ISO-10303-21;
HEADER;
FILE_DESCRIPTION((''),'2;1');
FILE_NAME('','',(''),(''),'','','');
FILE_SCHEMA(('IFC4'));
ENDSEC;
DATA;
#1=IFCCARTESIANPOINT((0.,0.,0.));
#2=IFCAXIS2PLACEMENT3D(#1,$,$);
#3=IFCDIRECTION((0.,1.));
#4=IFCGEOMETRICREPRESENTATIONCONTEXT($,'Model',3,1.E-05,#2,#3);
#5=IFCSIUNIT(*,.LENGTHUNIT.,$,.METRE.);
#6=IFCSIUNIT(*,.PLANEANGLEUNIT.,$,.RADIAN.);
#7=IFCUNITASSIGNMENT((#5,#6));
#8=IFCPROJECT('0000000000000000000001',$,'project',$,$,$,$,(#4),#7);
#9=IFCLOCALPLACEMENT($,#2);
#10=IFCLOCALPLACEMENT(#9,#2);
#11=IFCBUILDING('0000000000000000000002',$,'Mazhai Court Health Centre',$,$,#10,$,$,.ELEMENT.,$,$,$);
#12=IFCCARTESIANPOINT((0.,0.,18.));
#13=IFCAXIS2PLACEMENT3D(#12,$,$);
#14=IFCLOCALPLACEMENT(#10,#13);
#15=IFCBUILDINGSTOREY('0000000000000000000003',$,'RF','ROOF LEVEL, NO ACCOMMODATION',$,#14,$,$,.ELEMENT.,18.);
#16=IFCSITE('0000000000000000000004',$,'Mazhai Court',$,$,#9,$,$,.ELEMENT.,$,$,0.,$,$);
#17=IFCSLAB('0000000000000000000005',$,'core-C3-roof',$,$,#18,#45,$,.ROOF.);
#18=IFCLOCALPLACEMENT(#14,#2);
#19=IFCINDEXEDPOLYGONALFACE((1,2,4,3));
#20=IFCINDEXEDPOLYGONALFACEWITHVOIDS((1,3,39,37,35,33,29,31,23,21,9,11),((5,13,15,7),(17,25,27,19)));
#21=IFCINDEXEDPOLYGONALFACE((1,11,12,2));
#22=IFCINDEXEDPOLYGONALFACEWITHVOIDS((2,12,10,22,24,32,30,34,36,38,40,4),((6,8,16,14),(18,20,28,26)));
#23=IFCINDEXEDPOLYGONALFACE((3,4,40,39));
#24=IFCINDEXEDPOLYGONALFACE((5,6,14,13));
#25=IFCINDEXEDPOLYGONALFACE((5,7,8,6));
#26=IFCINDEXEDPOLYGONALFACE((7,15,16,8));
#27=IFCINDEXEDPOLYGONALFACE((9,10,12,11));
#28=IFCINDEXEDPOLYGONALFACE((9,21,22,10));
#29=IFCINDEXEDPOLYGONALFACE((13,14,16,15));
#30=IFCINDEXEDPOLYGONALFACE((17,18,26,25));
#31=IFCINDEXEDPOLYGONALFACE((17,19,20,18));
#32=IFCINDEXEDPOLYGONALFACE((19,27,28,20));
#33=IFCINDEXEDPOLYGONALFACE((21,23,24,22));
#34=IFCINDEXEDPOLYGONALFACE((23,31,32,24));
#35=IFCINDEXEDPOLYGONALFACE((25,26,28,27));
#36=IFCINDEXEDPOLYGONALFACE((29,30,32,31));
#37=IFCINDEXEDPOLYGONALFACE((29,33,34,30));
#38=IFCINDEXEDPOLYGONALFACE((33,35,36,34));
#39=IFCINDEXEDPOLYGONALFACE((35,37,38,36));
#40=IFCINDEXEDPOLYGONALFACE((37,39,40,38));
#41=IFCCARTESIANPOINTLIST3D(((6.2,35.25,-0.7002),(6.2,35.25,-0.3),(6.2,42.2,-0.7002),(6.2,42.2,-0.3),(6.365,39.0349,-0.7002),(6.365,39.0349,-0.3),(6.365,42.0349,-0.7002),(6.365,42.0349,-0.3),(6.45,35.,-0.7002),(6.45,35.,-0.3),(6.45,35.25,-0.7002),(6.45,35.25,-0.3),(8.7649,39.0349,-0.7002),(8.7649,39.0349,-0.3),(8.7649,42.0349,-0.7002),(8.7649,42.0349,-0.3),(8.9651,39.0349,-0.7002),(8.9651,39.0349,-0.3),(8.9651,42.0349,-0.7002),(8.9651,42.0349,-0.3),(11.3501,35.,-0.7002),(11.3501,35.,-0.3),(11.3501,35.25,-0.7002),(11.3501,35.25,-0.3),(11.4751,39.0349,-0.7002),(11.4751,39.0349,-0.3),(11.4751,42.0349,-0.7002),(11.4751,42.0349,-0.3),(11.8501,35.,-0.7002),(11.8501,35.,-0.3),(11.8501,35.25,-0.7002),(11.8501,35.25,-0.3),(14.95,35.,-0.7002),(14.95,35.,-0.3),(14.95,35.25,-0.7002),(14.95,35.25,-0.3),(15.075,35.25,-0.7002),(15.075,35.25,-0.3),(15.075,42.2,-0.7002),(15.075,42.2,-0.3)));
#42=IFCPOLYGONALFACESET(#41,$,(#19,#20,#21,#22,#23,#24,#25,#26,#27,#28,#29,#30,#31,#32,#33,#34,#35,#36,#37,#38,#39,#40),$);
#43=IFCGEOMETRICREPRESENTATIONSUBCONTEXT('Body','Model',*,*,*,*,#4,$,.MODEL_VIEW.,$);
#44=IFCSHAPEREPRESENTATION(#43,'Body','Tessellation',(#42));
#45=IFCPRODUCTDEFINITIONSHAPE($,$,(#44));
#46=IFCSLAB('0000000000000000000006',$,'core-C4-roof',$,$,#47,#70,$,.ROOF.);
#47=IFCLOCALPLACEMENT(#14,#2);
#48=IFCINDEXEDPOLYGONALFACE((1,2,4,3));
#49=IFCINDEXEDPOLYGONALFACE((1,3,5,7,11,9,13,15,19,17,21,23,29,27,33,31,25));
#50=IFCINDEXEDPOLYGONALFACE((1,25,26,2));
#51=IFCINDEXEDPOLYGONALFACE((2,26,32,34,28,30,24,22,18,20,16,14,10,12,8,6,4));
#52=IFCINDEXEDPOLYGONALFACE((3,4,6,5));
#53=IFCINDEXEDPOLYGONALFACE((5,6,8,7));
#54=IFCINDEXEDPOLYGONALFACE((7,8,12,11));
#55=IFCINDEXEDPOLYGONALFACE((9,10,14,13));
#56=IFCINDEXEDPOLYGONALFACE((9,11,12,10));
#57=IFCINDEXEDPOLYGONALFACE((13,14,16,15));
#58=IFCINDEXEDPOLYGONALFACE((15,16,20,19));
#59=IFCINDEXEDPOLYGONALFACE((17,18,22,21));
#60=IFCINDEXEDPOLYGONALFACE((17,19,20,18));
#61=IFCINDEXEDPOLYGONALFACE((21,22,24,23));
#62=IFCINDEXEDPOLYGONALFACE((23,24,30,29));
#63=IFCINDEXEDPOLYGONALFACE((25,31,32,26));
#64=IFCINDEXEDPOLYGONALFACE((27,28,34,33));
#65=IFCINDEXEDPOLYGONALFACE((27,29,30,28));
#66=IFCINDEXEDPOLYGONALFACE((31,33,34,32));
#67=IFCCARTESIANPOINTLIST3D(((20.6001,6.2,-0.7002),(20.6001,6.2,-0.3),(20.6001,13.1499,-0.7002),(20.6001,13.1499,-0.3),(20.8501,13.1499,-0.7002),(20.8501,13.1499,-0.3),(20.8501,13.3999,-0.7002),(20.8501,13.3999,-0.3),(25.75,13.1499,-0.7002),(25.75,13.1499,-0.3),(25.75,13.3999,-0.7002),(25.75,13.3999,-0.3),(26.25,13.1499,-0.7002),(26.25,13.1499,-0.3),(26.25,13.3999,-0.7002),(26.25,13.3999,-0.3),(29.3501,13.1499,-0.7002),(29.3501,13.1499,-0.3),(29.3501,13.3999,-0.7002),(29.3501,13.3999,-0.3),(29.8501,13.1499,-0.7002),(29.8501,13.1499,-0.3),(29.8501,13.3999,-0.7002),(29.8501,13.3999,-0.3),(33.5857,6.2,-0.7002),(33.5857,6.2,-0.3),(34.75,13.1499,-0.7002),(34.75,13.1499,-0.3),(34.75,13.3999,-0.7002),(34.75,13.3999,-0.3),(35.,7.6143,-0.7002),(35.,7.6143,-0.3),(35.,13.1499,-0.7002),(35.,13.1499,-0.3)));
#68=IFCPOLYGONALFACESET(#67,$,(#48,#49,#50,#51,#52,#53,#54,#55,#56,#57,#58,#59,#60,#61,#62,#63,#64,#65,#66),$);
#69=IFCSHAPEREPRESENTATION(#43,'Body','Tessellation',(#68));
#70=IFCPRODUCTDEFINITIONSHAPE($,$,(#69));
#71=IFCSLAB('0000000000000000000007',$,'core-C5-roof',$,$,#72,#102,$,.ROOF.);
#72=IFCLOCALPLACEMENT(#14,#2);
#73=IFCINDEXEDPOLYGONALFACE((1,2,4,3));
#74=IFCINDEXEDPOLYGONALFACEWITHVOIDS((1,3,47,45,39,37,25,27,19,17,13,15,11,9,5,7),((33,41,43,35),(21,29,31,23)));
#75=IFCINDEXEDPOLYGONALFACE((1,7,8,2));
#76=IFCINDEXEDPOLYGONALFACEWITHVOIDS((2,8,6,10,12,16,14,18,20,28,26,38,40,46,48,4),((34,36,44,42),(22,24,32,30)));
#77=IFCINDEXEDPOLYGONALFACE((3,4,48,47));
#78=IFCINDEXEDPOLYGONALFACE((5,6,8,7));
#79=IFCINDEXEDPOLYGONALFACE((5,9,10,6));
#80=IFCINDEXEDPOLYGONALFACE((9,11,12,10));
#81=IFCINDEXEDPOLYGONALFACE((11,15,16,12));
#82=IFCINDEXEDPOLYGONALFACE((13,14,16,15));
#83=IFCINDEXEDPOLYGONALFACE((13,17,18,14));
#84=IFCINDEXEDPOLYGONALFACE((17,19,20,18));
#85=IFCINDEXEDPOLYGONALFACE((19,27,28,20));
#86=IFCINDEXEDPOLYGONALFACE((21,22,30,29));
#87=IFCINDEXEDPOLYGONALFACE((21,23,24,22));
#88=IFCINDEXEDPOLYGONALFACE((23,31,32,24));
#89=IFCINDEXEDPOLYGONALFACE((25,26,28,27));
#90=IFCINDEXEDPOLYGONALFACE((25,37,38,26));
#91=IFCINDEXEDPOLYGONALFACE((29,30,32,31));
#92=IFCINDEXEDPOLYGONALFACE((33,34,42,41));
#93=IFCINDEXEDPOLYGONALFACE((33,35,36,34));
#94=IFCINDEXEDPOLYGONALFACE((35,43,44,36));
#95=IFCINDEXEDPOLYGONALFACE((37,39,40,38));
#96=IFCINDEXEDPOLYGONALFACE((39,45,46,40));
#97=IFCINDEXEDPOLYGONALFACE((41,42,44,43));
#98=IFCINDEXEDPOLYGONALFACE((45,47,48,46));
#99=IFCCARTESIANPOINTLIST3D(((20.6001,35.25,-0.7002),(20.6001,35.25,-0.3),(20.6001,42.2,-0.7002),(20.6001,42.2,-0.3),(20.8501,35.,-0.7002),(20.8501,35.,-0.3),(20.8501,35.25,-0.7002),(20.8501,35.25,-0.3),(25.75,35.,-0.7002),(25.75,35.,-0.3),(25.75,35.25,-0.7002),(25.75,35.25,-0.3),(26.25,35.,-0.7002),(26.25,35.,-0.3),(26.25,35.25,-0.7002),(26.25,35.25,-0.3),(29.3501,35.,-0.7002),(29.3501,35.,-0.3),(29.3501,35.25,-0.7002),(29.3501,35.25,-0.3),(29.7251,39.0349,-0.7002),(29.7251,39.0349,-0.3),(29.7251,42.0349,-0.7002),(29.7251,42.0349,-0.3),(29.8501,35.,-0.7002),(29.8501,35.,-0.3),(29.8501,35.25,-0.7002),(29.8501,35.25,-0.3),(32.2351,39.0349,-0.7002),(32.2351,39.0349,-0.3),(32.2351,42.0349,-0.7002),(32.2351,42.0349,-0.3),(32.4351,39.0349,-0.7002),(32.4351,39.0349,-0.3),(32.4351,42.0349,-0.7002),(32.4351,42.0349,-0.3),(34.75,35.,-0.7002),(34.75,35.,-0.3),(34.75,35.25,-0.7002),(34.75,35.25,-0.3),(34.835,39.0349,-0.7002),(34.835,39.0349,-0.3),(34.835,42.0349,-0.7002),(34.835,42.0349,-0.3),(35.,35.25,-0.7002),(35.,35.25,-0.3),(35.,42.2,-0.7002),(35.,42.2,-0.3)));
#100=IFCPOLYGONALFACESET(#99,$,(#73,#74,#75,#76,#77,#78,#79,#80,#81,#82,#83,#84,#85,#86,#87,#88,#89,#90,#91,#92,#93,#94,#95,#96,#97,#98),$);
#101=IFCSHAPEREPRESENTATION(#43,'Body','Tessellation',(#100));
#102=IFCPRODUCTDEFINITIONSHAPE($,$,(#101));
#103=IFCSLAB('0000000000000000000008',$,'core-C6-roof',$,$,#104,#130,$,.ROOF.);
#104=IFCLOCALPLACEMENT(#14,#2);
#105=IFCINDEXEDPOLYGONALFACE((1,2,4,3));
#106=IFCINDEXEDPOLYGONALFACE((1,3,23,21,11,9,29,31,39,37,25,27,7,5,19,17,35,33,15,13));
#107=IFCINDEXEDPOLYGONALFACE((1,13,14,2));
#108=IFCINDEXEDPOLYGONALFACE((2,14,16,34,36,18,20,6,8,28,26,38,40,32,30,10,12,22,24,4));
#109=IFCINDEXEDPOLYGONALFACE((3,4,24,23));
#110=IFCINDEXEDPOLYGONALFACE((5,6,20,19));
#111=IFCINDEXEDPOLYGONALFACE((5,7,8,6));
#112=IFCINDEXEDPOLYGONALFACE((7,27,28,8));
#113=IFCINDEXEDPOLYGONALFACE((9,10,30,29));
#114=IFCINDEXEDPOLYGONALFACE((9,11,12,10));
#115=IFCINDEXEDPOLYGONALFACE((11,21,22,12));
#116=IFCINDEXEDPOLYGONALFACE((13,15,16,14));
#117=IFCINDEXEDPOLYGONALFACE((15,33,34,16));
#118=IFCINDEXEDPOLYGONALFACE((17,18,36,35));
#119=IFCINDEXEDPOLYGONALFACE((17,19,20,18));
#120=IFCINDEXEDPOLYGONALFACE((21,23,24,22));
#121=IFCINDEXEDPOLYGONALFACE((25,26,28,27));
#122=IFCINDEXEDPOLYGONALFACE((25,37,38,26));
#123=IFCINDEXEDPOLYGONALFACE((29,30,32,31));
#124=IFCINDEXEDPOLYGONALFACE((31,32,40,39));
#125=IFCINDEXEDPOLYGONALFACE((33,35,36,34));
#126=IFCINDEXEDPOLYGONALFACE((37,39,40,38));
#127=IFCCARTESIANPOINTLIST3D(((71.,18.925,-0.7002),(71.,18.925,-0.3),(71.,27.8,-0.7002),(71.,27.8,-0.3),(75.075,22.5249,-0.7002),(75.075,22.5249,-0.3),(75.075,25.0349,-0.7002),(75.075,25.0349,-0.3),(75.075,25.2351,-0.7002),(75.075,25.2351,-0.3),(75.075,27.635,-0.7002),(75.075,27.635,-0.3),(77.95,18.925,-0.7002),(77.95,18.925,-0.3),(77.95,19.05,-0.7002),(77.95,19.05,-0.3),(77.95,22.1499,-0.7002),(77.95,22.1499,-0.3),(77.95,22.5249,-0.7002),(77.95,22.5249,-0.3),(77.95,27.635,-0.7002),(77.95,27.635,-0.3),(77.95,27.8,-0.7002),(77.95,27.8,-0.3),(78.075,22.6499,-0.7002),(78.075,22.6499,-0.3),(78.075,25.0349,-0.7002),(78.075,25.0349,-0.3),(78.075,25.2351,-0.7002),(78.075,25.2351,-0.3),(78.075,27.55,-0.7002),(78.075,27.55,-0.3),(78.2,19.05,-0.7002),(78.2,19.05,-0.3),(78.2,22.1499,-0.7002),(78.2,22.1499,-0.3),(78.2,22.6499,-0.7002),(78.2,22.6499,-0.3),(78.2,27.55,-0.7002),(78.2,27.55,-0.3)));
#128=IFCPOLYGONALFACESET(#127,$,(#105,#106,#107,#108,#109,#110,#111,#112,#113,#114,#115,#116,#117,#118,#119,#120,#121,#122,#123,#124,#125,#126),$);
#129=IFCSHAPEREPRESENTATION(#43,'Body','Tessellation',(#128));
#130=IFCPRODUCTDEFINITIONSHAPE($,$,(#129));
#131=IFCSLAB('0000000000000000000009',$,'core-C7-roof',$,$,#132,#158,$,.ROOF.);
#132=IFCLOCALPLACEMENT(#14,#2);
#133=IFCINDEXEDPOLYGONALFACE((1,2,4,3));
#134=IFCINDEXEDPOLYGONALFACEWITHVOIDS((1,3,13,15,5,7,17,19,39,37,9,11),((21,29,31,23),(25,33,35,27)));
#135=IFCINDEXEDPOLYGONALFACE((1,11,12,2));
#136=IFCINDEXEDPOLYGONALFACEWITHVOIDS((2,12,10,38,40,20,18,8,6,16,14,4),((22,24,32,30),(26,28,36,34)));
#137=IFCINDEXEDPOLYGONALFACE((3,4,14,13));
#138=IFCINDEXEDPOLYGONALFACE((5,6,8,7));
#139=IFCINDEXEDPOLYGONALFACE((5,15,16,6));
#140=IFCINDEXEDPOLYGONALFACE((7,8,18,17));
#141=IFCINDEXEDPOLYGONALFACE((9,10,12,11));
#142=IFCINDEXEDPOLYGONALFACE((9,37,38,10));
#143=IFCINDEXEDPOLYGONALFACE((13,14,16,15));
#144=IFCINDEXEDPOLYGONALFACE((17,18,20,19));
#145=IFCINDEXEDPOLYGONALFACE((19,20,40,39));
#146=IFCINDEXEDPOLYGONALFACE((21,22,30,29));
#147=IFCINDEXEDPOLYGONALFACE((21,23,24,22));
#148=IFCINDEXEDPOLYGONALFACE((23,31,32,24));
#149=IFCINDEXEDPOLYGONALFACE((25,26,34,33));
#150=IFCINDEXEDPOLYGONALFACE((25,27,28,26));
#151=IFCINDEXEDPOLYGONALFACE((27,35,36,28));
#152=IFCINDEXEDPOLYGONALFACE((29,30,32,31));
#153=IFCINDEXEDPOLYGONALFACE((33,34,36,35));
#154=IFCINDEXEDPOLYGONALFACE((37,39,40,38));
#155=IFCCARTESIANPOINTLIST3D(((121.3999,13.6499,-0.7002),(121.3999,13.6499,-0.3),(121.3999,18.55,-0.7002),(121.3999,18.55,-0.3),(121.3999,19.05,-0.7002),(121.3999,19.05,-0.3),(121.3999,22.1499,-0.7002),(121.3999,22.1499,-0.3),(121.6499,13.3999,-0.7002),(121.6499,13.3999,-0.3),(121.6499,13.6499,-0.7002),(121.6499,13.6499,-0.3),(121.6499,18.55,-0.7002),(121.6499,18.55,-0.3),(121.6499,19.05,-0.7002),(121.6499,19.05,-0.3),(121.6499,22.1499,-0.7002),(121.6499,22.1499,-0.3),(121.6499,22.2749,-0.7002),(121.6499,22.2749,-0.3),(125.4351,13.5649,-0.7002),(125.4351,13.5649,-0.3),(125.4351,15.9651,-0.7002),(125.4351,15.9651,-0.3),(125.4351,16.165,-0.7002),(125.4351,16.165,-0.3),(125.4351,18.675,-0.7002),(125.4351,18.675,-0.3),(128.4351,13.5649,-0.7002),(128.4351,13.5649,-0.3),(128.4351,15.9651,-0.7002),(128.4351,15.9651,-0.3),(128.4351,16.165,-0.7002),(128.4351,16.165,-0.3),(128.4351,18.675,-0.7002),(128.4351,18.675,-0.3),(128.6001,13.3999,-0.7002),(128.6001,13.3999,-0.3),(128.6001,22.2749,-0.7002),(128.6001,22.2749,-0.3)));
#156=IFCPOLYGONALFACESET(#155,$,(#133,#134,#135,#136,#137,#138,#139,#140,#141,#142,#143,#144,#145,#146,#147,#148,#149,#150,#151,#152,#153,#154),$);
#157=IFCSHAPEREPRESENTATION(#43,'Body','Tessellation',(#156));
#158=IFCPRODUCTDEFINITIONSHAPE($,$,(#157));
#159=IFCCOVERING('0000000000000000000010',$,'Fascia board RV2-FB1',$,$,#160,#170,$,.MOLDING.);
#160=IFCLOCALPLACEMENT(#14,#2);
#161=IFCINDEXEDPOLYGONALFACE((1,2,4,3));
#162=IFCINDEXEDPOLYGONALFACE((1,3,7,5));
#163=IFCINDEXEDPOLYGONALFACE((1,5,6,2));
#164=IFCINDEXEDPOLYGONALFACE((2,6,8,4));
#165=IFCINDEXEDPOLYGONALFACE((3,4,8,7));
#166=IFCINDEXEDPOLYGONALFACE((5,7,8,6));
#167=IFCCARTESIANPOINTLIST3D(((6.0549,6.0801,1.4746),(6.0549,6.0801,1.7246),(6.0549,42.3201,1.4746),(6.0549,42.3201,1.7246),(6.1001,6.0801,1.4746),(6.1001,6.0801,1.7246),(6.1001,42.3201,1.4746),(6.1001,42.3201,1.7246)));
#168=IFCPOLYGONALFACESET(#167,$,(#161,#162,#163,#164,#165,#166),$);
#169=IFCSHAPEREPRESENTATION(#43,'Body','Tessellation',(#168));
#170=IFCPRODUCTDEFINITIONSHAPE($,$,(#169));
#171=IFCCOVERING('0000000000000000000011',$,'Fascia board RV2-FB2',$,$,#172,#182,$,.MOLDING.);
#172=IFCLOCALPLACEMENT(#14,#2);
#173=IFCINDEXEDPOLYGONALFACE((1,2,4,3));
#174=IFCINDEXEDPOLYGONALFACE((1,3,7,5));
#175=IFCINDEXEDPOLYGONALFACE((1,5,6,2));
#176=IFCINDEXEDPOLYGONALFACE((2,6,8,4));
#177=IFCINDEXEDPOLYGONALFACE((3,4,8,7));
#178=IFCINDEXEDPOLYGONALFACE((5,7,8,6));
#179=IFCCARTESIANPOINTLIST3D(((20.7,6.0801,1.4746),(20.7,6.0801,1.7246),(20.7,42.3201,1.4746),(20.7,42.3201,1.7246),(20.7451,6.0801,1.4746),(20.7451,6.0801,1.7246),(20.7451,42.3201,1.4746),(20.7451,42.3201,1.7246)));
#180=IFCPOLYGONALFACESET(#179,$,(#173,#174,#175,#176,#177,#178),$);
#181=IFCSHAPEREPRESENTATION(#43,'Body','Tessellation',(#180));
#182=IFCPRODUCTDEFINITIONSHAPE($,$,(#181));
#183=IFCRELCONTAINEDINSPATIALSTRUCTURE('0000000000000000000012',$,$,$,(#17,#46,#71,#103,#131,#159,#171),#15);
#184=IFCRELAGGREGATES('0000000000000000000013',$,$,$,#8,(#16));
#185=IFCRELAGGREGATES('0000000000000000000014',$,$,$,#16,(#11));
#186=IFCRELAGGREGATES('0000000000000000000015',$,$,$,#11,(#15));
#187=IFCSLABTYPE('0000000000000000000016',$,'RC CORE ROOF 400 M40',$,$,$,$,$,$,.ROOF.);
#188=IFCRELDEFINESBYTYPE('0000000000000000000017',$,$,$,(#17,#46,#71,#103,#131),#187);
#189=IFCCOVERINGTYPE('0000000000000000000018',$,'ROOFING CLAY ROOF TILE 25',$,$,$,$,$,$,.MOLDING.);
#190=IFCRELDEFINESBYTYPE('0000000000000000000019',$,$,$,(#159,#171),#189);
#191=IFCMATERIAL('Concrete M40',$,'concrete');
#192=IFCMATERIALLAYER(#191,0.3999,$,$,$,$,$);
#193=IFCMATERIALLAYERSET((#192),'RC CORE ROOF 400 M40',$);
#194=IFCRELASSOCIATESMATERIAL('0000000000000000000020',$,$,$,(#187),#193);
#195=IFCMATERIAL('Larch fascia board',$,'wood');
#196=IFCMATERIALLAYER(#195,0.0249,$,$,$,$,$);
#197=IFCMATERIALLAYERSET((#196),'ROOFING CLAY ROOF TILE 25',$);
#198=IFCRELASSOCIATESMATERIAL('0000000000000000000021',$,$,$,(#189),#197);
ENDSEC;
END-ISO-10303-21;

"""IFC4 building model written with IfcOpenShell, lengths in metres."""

from ifc_helpers import new_model, si_unit, direction, frame, origin, place, context, subcontext, project, spatial, polyline, outline, extrude, material, layer, layer_set, type_object, element, save


model = new_model("IFC4")

# Units and contexts
model_context = context("Model", 3, precision=1e-05, world=origin(), true_north=direction((0.0, 1.0)))
body_context = subcontext(model_context, "Body", "Model", "MODEL_VIEW")
ifc_project = project(units=[si_unit("LENGTHUNIT", "METRE"), si_unit("PLANEANGLEUNIT", "RADIAN")], contexts=[model_context])

# Site, building, storey
site_placement = place(None, origin())
site = spatial("IfcSite", under=ifc_project, at=site_placement, Name="Mazhai Court", CompositionType="ELEMENT", RefElevation=0.0)
building_placement = place(site_placement, origin())
building = spatial("IfcBuilding", under=site, at=building_placement, Name="Mazhai Court Health Centre", CompositionType="ELEMENT")
storey_placement = place(building_placement, frame((0.0, 0.0, 18.0)))
storey = spatial("IfcBuildingStorey", under=building, at=storey_placement, Name="RF", Description="ROOF LEVEL, NO ACCOMMODATION", CompositionType="ELEMENT", Elevation=18.0)

# Slabs
ifc_material_1 = material(Name="Concrete M40", Category="concrete")
ifc_layer_1 = layer(ifc_material_1, 0.3999)
ifc_layer_set_1 = layer_set([ifc_layer_1], Name="RC CORE ROOF 400 M40")
slab_type_1 = type_object("IfcSlabType", Name="RC CORE ROOF 400 M40", PredefinedType="ROOF", material=ifc_layer_set_1)
slab_1_placement = place(storey_placement, frame((0.0, 0.0, -0.7002)))
element("IfcSlab", 1, at=slab_1_placement, inside=storey, type_object=slab_type_1, Name="core-C3-roof", PredefinedType="ROOF", context=body_context, shape_type="SweptSolid", body=[
    extrude(outline(polyline([(14.95, 35.25), (14.95, 35.0), (11.8501, 35.0), (11.8501, 35.25), (11.3501, 35.25), (11.3501, 35.0), (6.45, 35.0), (6.45, 35.25), (6.2, 35.25), (6.2, 42.2), (15.075, 42.2), (15.075, 35.25), (14.95, 35.25)]), holes=[polyline([(6.365, 42.0349), (6.365, 39.0349), (8.7649, 39.0349), (8.7649, 42.0349), (6.365, 42.0349)]), polyline([(8.9651, 42.0349), (8.9651, 39.0349), (11.4751, 39.0349), (11.4751, 42.0349), (8.9651, 42.0349)])]), origin(), (0.0, 0.0, 1.0), 0.4001),
])
slab_2_placement = place(storey_placement, frame((0.0, 0.0, -0.7002)))
element("IfcSlab", 2, at=slab_2_placement, inside=storey, type_object=slab_type_1, Name="core-C4-roof", PredefinedType="ROOF", context=body_context, shape_type="SweptSolid", body=[
    extrude(outline(polyline([(20.8501, 13.1499), (20.8501, 13.3999), (25.75, 13.3999), (25.75, 13.1499), (26.25, 13.1499), (26.25, 13.3999), (29.3501, 13.3999), (29.3501, 13.1499), (29.8501, 13.1499), (29.8501, 13.3999), (34.75, 13.3999), (34.75, 13.1499), (35.0, 13.1499), (35.0, 7.6143), (33.5857, 6.2), (20.6001, 6.2), (20.6001, 13.1499), (20.8501, 13.1499)])), origin(), (0.0, 0.0, 1.0), 0.4001),
])
slab_3_placement = place(storey_placement, frame((0.0, 0.0, -0.7002)))
element("IfcSlab", 3, at=slab_3_placement, inside=storey, type_object=slab_type_1, Name="core-C5-roof", PredefinedType="ROOF", context=body_context, shape_type="SweptSolid", body=[
    extrude(outline(polyline([(35.0, 42.2), (35.0, 35.25), (34.75, 35.25), (34.75, 35.0), (29.8501, 35.0), (29.8501, 35.25), (29.3501, 35.25), (29.3501, 35.0), (26.25, 35.0), (26.25, 35.25), (25.75, 35.25), (25.75, 35.0), (20.8501, 35.0), (20.8501, 35.25), (20.6001, 35.25), (20.6001, 42.2), (35.0, 42.2)]), holes=[polyline([(29.7251, 42.0349), (29.7251, 39.0349), (32.2351, 39.0349), (32.2351, 42.0349), (29.7251, 42.0349)]), polyline([(32.4351, 42.0349), (32.4351, 39.0349), (34.835, 39.0349), (34.835, 42.0349), (32.4351, 42.0349)])]), origin(), (0.0, 0.0, 1.0), 0.4001),
])
slab_4_placement = place(storey_placement, frame((0.0, 0.0, -0.7002)))
element("IfcSlab", 4, at=slab_4_placement, inside=storey, type_object=slab_type_1, Name="core-C6-roof", PredefinedType="ROOF", context=body_context, shape_type="SweptSolid", body=[
    extrude(outline(polyline([(78.2, 22.1499), (78.2, 19.05), (77.95, 19.05), (77.95, 18.925), (71.0, 18.925), (71.0, 27.8), (77.95, 27.8), (77.95, 27.635), (75.075, 27.635), (75.075, 25.2351), (78.075, 25.2351), (78.075, 27.55), (78.2, 27.55), (78.2, 22.6499), (78.075, 22.6499), (78.075, 25.0349), (75.075, 25.0349), (75.075, 22.5249), (77.95, 22.5249), (77.95, 22.1499), (78.2, 22.1499)])), origin(), (0.0, 0.0, 1.0), 0.4001),
])
slab_5_placement = place(storey_placement, frame((0.0, 0.0, -0.7002)))
element("IfcSlab", 5, at=slab_5_placement, inside=storey, type_object=slab_type_1, Name="core-C7-roof", PredefinedType="ROOF", context=body_context, shape_type="SweptSolid", body=[
    extrude(outline(polyline([(121.6499, 13.6499), (121.3999, 13.6499), (121.3999, 18.55), (121.6499, 18.55), (121.6499, 19.05), (121.3999, 19.05), (121.3999, 22.1499), (121.6499, 22.1499), (121.6499, 22.2749), (128.6001, 22.2749), (128.6001, 13.3999), (121.6499, 13.3999), (121.6499, 13.6499)]), holes=[polyline([(125.4351, 13.5649), (128.4351, 13.5649), (128.4351, 15.9651), (125.4351, 15.9651), (125.4351, 13.5649)]), polyline([(125.4351, 18.675), (125.4351, 16.165), (128.4351, 16.165), (128.4351, 18.675), (125.4351, 18.675)])]), origin(), (0.0, 0.0, 1.0), 0.4001),
])

# Coverings
ifc_material_2 = material(Name="Larch fascia board", Category="wood")
ifc_layer_2 = layer(ifc_material_2, 0.0249)
ifc_layer_set_2 = layer_set([ifc_layer_2], Name="ROOFING CLAY ROOF TILE 25")
covering_type_1 = type_object("IfcCoveringType", Name="ROOFING CLAY ROOF TILE 25", PredefinedType="MOLDING", material=ifc_layer_set_2)
covering_1_placement = place(storey_placement, frame((0.0, 0.0, 1.4746)))
element("IfcCovering", 6, at=covering_1_placement, inside=storey, type_object=covering_type_1, Name="Fascia board RV2-FB1", PredefinedType="MOLDING", context=body_context, shape_type="SweptSolid", body=[
    extrude(outline(polyline([(6.1001, 6.0801), (6.1001, 42.3201), (6.0549, 42.3201), (6.0549, 6.0801), (6.1001, 6.0801)])), origin(), (0.0, 0.0, 1.0), 0.25),
])
covering_2_placement = place(storey_placement, frame((0.0, 0.0, 1.4746)))
element("IfcCovering", 7, at=covering_2_placement, inside=storey, type_object=covering_type_1, Name="Fascia board RV2-FB2", PredefinedType="MOLDING", context=body_context, shape_type="SweptSolid", body=[
    extrude(outline(polyline([(20.7, 42.3201), (20.7, 6.0801), (20.7451, 6.0801), (20.7451, 42.3201), (20.7, 42.3201)])), origin(), (0.0, 0.0, 1.0), 0.25),
])

save(model, "model.ifc")
